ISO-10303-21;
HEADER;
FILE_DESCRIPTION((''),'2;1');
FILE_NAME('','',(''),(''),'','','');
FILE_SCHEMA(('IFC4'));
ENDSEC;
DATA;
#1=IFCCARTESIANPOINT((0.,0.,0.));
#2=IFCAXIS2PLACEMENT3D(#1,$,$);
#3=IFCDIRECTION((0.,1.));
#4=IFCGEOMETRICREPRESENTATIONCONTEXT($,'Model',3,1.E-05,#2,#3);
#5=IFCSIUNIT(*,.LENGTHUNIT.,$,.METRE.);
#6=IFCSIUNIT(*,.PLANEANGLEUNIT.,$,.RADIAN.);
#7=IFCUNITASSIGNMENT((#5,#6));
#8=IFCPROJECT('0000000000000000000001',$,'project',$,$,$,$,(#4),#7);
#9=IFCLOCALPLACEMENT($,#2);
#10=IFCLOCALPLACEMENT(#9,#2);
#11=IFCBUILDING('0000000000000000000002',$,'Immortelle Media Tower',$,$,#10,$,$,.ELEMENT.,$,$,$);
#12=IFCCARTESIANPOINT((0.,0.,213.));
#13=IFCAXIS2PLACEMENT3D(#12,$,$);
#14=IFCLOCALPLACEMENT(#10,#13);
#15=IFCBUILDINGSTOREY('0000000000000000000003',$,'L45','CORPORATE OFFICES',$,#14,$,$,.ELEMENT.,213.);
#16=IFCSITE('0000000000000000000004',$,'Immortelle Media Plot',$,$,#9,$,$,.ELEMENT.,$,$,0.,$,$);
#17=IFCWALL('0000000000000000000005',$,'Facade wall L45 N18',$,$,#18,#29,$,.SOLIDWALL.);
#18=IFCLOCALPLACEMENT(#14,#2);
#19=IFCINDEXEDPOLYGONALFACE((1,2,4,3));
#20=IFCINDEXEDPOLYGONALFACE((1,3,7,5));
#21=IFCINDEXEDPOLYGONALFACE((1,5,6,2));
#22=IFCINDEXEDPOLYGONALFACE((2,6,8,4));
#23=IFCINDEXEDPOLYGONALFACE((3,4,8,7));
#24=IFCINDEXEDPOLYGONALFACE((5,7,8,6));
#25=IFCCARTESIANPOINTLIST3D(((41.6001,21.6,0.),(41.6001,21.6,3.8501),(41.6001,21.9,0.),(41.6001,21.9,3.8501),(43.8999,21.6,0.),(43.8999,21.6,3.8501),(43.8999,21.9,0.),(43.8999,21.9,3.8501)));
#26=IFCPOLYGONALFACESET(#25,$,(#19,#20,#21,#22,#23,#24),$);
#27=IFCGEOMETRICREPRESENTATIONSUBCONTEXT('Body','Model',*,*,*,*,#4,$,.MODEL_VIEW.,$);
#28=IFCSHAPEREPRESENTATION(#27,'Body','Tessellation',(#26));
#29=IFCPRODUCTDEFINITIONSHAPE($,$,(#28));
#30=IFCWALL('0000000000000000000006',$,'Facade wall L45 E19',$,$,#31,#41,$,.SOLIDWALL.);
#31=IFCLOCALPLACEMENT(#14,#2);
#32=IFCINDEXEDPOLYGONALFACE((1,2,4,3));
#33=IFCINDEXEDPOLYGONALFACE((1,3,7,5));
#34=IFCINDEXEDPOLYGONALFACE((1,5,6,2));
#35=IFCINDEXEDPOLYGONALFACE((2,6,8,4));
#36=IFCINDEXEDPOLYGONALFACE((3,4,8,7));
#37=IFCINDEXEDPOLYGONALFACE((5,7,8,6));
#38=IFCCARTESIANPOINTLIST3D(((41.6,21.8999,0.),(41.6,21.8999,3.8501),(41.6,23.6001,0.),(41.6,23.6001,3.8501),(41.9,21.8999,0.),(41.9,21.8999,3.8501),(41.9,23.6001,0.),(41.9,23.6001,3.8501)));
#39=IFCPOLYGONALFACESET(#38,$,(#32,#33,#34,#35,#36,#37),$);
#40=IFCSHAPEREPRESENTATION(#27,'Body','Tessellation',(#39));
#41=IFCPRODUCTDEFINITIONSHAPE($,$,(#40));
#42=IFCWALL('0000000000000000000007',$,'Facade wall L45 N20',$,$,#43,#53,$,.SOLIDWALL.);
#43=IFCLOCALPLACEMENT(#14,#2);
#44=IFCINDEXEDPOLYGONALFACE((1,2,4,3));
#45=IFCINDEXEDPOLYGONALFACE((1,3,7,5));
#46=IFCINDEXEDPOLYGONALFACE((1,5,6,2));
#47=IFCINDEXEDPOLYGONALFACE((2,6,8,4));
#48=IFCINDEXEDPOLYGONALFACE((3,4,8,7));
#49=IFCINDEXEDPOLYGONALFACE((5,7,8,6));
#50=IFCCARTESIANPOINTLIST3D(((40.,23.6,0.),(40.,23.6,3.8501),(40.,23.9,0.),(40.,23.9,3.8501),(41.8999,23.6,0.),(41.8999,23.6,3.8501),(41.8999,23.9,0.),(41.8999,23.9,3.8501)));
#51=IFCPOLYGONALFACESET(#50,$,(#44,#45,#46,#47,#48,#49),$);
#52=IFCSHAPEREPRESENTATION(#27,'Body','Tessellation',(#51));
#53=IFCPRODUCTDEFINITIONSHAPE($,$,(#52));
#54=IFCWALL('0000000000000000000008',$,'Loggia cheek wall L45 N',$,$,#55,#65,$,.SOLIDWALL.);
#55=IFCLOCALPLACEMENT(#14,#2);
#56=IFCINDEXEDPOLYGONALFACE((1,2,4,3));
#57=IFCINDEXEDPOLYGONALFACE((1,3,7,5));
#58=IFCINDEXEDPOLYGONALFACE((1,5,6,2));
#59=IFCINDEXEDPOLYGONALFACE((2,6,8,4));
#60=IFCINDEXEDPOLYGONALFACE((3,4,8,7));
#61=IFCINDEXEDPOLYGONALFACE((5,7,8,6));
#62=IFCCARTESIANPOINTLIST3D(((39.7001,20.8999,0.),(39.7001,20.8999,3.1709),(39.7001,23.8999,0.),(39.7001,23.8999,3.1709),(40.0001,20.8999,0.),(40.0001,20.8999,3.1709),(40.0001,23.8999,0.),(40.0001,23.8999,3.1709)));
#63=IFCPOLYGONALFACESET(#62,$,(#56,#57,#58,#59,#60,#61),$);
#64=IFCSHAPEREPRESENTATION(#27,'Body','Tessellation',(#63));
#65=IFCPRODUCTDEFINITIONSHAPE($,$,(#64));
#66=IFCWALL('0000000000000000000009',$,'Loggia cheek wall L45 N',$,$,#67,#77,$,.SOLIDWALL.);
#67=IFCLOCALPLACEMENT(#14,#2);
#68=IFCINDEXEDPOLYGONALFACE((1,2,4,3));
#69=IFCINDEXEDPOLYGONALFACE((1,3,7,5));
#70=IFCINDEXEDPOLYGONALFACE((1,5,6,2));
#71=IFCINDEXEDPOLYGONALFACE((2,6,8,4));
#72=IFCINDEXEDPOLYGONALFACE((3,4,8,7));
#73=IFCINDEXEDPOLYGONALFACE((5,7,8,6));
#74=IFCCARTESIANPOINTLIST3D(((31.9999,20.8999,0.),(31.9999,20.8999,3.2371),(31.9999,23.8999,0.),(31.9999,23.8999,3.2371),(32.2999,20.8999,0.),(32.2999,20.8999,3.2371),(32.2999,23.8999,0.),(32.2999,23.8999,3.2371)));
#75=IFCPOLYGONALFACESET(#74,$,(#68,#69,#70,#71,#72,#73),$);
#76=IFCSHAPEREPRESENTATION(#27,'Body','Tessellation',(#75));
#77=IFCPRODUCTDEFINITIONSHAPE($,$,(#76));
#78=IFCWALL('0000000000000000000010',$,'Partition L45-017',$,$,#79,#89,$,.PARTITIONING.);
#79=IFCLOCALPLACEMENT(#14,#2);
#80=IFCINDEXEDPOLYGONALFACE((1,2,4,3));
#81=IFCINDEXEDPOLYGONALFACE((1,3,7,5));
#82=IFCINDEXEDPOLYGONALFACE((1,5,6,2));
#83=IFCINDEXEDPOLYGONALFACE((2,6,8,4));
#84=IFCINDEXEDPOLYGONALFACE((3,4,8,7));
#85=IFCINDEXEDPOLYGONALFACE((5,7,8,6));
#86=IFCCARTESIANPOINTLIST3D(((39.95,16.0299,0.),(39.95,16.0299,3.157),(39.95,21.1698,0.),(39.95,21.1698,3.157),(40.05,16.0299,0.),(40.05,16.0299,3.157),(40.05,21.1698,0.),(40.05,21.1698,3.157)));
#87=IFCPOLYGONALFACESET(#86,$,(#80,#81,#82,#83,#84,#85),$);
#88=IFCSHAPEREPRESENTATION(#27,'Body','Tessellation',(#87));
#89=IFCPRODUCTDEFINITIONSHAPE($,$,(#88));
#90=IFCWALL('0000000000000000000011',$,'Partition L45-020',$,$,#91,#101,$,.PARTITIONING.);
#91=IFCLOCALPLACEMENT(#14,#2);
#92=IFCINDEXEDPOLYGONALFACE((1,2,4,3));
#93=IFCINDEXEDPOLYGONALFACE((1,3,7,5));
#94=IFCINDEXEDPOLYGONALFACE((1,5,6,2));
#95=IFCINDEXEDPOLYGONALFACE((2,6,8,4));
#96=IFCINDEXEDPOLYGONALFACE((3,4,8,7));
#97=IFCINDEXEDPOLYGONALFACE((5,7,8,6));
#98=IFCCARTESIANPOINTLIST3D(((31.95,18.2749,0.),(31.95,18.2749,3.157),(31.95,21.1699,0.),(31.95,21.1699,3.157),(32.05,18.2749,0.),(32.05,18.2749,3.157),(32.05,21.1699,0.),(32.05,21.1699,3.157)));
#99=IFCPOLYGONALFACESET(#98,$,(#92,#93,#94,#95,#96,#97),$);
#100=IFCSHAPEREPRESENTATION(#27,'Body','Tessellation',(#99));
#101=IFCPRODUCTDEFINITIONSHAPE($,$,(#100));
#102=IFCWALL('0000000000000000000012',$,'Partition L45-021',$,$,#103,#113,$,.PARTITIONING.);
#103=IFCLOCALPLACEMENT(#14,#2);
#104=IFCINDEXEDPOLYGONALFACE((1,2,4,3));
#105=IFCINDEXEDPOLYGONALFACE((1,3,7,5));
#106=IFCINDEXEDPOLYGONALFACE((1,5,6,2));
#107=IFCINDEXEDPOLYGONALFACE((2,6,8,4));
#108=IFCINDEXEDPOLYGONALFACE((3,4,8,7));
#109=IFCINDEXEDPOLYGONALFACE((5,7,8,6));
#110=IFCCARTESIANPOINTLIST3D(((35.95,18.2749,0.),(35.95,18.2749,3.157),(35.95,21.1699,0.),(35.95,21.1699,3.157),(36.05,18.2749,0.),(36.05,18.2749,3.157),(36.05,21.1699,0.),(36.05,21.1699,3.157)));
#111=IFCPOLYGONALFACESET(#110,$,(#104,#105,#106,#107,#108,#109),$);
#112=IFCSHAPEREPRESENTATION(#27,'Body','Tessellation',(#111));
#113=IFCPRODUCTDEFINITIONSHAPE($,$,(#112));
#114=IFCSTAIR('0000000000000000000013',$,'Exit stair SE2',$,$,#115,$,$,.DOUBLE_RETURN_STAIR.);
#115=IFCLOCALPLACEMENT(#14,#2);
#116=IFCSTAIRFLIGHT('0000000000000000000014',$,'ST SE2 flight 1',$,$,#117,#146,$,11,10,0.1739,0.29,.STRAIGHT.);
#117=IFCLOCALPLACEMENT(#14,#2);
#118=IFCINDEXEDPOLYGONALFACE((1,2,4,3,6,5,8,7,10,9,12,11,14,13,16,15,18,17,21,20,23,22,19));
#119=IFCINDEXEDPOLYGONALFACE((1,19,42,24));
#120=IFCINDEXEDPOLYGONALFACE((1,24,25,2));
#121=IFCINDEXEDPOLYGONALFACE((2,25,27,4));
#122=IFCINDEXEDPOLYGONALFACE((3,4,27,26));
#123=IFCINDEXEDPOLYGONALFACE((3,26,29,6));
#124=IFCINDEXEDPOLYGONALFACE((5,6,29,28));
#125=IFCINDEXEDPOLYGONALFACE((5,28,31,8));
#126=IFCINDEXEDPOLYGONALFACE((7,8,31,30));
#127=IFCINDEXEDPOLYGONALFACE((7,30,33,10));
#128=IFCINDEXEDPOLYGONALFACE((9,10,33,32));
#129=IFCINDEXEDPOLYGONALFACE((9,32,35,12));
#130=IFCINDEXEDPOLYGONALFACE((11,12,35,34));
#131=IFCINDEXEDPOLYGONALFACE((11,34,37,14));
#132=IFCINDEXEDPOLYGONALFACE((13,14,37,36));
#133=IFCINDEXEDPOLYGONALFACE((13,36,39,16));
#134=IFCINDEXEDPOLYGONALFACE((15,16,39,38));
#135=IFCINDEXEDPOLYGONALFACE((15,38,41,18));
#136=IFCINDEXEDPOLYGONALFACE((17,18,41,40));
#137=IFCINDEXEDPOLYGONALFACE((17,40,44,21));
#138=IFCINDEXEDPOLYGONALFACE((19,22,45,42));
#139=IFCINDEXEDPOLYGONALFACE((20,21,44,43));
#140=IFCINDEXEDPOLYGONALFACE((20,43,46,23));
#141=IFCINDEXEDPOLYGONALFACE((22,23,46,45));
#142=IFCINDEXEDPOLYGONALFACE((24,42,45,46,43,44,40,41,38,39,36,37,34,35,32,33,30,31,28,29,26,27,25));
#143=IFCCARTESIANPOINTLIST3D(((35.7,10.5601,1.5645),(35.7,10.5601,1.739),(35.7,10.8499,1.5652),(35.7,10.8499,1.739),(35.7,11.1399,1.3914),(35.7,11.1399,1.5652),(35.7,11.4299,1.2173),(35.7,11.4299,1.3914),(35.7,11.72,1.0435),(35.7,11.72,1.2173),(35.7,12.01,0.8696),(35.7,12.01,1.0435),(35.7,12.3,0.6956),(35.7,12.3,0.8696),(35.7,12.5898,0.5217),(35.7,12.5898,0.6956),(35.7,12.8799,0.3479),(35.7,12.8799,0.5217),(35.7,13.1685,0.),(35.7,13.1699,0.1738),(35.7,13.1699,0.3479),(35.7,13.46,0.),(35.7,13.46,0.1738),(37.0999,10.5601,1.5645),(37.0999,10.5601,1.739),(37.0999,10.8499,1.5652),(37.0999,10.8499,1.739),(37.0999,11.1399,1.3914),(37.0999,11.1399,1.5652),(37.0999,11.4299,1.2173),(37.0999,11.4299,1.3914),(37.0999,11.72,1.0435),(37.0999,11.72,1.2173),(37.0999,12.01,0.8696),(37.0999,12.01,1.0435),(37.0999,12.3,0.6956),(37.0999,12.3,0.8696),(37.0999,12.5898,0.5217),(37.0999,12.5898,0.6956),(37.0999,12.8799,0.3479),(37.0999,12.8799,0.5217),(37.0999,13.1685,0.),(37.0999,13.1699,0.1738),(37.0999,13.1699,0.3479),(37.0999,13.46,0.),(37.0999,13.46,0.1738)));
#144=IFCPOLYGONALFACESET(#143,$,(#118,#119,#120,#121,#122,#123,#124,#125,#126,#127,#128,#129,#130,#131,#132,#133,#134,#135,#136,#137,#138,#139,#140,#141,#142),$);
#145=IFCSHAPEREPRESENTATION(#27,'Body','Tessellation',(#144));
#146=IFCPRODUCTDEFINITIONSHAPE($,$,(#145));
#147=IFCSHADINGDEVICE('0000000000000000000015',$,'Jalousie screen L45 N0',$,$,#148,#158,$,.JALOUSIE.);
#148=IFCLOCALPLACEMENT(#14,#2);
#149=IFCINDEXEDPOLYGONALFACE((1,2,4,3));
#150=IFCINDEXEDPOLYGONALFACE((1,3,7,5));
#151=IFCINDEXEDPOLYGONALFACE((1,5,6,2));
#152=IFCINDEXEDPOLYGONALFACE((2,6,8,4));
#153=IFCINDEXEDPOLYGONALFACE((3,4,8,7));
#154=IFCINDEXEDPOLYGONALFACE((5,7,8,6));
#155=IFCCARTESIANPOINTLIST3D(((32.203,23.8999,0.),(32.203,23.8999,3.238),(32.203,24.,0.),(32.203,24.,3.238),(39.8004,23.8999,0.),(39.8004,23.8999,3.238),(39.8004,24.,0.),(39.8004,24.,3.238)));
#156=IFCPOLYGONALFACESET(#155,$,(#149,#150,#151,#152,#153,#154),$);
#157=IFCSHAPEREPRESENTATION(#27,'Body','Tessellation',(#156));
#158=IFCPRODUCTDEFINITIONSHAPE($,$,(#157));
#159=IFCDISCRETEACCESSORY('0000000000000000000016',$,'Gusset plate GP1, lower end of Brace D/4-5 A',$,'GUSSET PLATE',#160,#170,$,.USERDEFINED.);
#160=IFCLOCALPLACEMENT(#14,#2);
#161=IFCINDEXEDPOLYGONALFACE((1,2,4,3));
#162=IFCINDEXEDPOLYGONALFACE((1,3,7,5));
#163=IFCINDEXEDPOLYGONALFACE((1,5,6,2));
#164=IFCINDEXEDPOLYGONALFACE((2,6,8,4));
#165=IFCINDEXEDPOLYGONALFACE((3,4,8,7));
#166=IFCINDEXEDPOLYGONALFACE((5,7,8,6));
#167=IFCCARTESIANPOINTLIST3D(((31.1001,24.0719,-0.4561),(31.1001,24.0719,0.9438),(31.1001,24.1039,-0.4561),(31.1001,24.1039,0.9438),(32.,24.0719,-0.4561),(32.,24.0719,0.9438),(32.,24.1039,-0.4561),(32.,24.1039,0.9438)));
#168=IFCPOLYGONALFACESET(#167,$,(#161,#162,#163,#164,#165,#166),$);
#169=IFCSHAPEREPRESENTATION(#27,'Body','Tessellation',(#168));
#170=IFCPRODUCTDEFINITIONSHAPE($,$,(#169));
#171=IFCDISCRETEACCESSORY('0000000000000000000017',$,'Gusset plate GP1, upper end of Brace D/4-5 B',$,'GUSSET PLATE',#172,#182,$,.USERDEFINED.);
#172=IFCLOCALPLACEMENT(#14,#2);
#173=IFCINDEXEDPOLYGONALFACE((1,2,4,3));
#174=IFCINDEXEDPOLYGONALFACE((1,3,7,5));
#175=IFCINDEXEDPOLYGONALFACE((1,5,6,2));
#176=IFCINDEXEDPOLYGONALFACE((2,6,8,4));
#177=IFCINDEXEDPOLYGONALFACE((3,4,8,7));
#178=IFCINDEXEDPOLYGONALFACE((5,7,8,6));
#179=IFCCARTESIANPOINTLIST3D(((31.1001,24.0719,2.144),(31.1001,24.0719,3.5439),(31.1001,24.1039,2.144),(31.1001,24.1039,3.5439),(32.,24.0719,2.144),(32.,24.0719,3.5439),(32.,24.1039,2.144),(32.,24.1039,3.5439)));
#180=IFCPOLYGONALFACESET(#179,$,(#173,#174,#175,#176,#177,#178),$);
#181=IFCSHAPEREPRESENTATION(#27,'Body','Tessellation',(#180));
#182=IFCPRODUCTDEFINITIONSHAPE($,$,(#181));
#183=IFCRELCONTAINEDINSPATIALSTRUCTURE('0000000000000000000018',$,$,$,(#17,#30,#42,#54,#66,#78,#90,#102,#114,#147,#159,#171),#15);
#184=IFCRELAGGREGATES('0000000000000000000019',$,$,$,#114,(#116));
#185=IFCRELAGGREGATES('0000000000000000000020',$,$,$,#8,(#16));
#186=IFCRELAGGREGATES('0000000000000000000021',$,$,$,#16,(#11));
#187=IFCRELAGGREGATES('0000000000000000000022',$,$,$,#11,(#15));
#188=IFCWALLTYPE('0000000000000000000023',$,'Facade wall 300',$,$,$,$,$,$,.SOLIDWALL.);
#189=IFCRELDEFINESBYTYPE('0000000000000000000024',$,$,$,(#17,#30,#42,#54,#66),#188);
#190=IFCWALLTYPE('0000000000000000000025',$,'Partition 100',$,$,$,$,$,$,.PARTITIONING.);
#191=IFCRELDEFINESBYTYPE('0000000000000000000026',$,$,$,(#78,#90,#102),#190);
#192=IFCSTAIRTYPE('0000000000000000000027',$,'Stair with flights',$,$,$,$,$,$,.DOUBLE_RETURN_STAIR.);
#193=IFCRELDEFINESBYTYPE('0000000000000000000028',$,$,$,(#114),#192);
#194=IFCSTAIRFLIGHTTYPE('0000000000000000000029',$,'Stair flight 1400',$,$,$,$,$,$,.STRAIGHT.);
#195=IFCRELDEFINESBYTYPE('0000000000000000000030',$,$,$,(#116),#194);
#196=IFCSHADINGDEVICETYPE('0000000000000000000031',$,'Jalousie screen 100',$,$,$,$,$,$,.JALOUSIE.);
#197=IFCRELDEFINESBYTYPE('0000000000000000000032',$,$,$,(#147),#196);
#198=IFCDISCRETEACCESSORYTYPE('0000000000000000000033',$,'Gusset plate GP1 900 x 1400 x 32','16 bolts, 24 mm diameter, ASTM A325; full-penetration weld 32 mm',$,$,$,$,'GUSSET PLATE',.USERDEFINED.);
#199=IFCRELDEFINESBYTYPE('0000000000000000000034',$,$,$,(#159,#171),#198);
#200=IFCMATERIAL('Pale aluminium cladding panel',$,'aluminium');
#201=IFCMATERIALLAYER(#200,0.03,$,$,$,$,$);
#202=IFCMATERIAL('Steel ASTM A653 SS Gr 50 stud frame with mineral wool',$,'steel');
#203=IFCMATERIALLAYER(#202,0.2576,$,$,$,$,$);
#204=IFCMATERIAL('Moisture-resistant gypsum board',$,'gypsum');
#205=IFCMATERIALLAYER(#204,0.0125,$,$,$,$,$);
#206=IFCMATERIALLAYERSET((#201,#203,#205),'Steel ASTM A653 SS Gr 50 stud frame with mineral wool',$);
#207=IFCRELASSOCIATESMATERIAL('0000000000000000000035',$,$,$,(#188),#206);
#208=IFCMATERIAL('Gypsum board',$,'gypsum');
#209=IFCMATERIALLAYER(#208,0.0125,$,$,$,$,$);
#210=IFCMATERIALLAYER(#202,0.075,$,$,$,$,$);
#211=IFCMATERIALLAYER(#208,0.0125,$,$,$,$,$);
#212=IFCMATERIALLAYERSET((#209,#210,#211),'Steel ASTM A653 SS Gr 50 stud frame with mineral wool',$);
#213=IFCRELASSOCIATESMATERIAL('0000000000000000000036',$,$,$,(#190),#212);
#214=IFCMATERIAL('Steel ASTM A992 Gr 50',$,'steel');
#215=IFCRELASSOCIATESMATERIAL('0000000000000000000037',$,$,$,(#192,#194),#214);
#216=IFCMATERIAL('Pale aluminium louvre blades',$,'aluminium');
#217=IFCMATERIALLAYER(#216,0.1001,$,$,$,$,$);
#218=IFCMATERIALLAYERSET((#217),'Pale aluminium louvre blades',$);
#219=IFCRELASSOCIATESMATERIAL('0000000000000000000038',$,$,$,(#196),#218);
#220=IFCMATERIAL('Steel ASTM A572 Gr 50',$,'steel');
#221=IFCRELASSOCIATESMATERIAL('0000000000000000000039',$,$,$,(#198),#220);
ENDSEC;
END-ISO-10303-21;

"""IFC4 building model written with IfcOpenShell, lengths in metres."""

from ifc_helpers import new_model, si_unit, direction, frame, frame_2d, origin, origin_2d, place, context, subcontext, project, spatial, polyline, rectangle, outline, extrude, material, layer, layer_set, material_profile, profile_set, type_object, element, aggregate, save


model = new_model("IFC4")

# Units and contexts
model_context = context("Model", 3, precision=1e-05, world=origin(), true_north=direction((0.0, 1.0)))
body_context = subcontext(model_context, "Body", "Model", "MODEL_VIEW")
ifc_project = project(units=[si_unit("LENGTHUNIT", "METRE"), si_unit("PLANEANGLEUNIT", "RADIAN")], contexts=[model_context])

# Site, building, storey
site_placement = place(None, origin())
site = spatial("IfcSite", under=ifc_project, at=site_placement, Name="Immortelle Media Plot", CompositionType="ELEMENT", RefElevation=0.0)
building_placement = place(site_placement, origin())
building = spatial("IfcBuilding", under=site, at=building_placement, Name="Immortelle Media Tower", CompositionType="ELEMENT")
storey_placement = place(building_placement, frame((0.0, 0.0, 213.0)))
storey = spatial("IfcBuildingStorey", under=building, at=storey_placement, Name="L45", Description="CORPORATE OFFICES", CompositionType="ELEMENT", Elevation=213.0)

# Shared definitions
ifc_material_1 = material(Name="Steel ASTM A992 Gr 50", Category="steel")

# Walls
ifc_material_2 = material(Name="Steel ASTM A653 SS Gr 50 stud frame with mineral wool", Category="steel")
ifc_material_3 = material(Name="Pale aluminium cladding panel", Category="aluminium")
ifc_layer_1 = layer(ifc_material_3, 0.03)
ifc_layer_2 = layer(ifc_material_2, 0.2576)
ifc_material_4 = material(Name="Moisture-resistant gypsum board", Category="gypsum")
ifc_layer_3 = layer(ifc_material_4, 0.0125)
ifc_layer_set_1 = layer_set([ifc_layer_1, ifc_layer_2, ifc_layer_3], Name="Steel ASTM A653 SS Gr 50 stud frame with mineral wool")
wall_type_1 = type_object("IfcWallType", Name="Facade wall 300", PredefinedType="SOLIDWALL", material=ifc_layer_set_1)
wall_1_placement = place(storey_placement, frame((43.8999, 21.75, 0.0), z_axis=(0.0, 0.0, 1.0), x_axis=(-1.0, 0.0, 0.0)))
element("IfcWall", 1, at=wall_1_placement, inside=storey, type_object=wall_type_1, Name="Facade wall L45 N18", PredefinedType="SOLIDWALL", context=body_context, shape_type="SweptSolid", body=[
    extrude(rectangle(XDim=2.2998, YDim=0.3, at=frame_2d((1.1499, 0.0))), origin(), (0.0, 0.0, 1.0), 3.8501),
])
wall_2_placement = place(storey_placement, frame((41.75, 21.8999, 0.0), z_axis=(0.0, 0.0, 1.0), x_axis=(0.0, 1.0, 0.0)))
element("IfcWall", 2, at=wall_2_placement, inside=storey, type_object=wall_type_1, Name="Facade wall L45 E19", PredefinedType="SOLIDWALL", context=body_context, shape_type="SweptSolid", body=[
    extrude(rectangle(XDim=1.7002, YDim=0.3, at=frame_2d((0.8501, 0.0))), origin(), (0.0, 0.0, 1.0), 3.8501),
])
wall_3_placement = place(storey_placement, frame((41.8999, 23.75, 0.0), z_axis=(0.0, 0.0, 1.0), x_axis=(-1.0, 0.0, 0.0)))
element("IfcWall", 3, at=wall_3_placement, inside=storey, type_object=wall_type_1, Name="Facade wall L45 N20", PredefinedType="SOLIDWALL", context=body_context, shape_type="SweptSolid", body=[
    extrude(rectangle(XDim=1.8999, YDim=0.3, at=frame_2d((0.95, 0.0))), origin(), (0.0, 0.0, 1.0), 3.8501),
])

# Walls
wall_4_placement = place(storey_placement, frame((39.8501, 23.8999, 0.0), z_axis=(0.0, 0.0, 1.0), x_axis=(0.0, -1.0, 0.0)))
element("IfcWall", 4, at=wall_4_placement, inside=storey, type_object=wall_type_1, Name="Loggia cheek wall L45 N", PredefinedType="SOLIDWALL", context=body_context, shape_type="SweptSolid", body=[
    extrude(rectangle(XDim=3.0, YDim=0.3, at=frame_2d((1.5, 0.0))), origin(), (0.0, 0.0, 1.0), 3.1709),
])
wall_5_placement = place(storey_placement, frame((32.1499, 23.8999, 0.0), z_axis=(0.0, 0.0, 1.0), x_axis=(0.0, -1.0, 0.0)))
element("IfcWall", 5, at=wall_5_placement, inside=storey, type_object=wall_type_1, Name="Loggia cheek wall L45 N", PredefinedType="SOLIDWALL", context=body_context, shape_type="SweptSolid", body=[
    extrude(rectangle(XDim=3.0, YDim=0.3, at=frame_2d((1.5, 0.0))), origin(), (0.0, 0.0, 1.0), 3.2371),
])
ifc_material_5 = material(Name="Gypsum board", Category="gypsum")
ifc_layer_4 = layer(ifc_material_5, 0.0125)
ifc_layer_5 = layer(ifc_material_2, 0.075)
ifc_layer_6 = layer(ifc_material_5, 0.0125)
ifc_layer_set_2 = layer_set([ifc_layer_4, ifc_layer_5, ifc_layer_6], Name="Steel ASTM A653 SS Gr 50 stud frame with mineral wool")
wall_type_2 = type_object("IfcWallType", Name="Partition 100", PredefinedType="PARTITIONING", material=ifc_layer_set_2)
wall_6_placement = place(storey_placement, frame((40.0, 16.03, 0.0), z_axis=(0.0, 0.0, 1.0), x_axis=(0.0, 1.0, 0.0)))
element("IfcWall", 6, at=wall_6_placement, inside=storey, type_object=wall_type_2, Name="Partition L45-017", PredefinedType="PARTITIONING", context=body_context, shape_type="SweptSolid", body=[
    extrude(rectangle(XDim=5.1399, YDim=0.1001, at=frame_2d((2.5698, 0.0))), origin(), (0.0, 0.0, 1.0), 3.157),
])
for number, where, z_axis, x_axis, name in (
    (7, (32.0, 18.2749, 0.0), (0.0, 0.0, 1.0), (0.0, 1.0, 0.0), "Partition L45-020"),
    (8, (36.0, 18.2749, 0.0), (0.0, 0.0, 1.0), (0.0, 1.0, 0.0), "Partition L45-021"),
):
    element("IfcWall", number, at=place(storey_placement, frame(where, z_axis=z_axis, x_axis=x_axis)), inside=storey, type_object=wall_type_2, Name=name, PredefinedType="PARTITIONING", context=body_context, shape_type="SweptSolid", body=[
        extrude(rectangle(XDim=2.895, YDim=0.1001, at=frame_2d((1.4475, 0.0))), origin(), (0.0, 0.0, 1.0), 3.157),
    ])

# Stair, stair flight
stair_type = type_object("IfcStairType", Name="Stair with flights", PredefinedType="DOUBLE_RETURN_STAIR", material=ifc_material_1)
stair_placement = place(storey_placement, origin())
stair = element("IfcStair", 9, at=stair_placement, inside=storey, type_object=stair_type, Name="Exit stair SE2", PredefinedType="DOUBLE_RETURN_STAIR")
stair_flight_type = type_object("IfcStairFlightType", Name="Stair flight 1400", PredefinedType="STRAIGHT", material=ifc_material_1)
stair_flight_placement = place(storey_placement, frame((36.3999, 13.46, 0.0), z_axis=(0.0, 0.0, 1.0), x_axis=(0.0, -1.0, 0.0)))
stair_flight = element("IfcStairFlight", 10, at=stair_flight_placement, type_object=stair_flight_type, Name="ST SE2 flight 1", NumberOfRisers=11, NumberOfTreads=10, PredefinedType="STRAIGHT", RiserHeight=0.1739, TreadLength=0.29, context=body_context, shape_type="SweptSolid", body=[
    extrude(outline(polyline([(0.0, 0.0), (0.0, 0.1738), (0.29, 0.1738), (0.29, 0.3479), (0.5801, 0.3479), (0.5801, 0.5217), (0.8701, 0.5217), (0.8701, 0.6956), (1.1599, 0.6956), (1.1599, 0.8696), (1.45, 0.8696), (1.45, 1.0435), (1.74, 1.0435), (1.74, 1.2173), (2.03, 1.2173), (2.03, 1.3914), (2.3201, 1.3914), (2.3201, 1.5652), (2.6101, 1.5652), (2.6101, 1.739), (2.8999, 1.739), (2.8999, 1.9131), (2.8999, 1.5645), (0.2915, 0.0), (0.0, 0.0)])), frame((0.0, 0.7, 0.0), z_axis=(0.0, -1.0, 0.0), x_axis=(1.0, 0.0, 0.0)), (0.0, 0.0, 1.0), 1.3999),
])
aggregate(stair, [stair_flight])

# Shading device
ifc_material_6 = material(Name="Pale aluminium louvre blades", Category="aluminium")
ifc_layer_7 = layer(ifc_material_6, 0.1001)
ifc_layer_set_3 = layer_set([ifc_layer_7], Name="Pale aluminium louvre blades")
shading_device_type = type_object("IfcShadingDeviceType", Name="Jalousie screen 100", PredefinedType="JALOUSIE", material=ifc_layer_set_3)
shading_device_placement = place(storey_placement, frame((36.0017, 23.95, 0.0), z_axis=(0.0, 0.0, 1.0), x_axis=(-1.0, 0.0, 0.0)))
element("IfcShadingDevice", 11, at=shading_device_placement, inside=storey, type_object=shading_device_type, Name="Jalousie screen L45 N0", PredefinedType="JALOUSIE", context=body_context, shape_type="SweptSolid", body=[
    extrude(rectangle(XDim=7.5974, YDim=0.1001, at=origin_2d()), origin(), (0.0, 0.0, 1.0), 3.238),
])

# Discrete accessories
ifc_material_7 = material(Name="Steel ASTM A572 Gr 50", Category="steel")
ifc_material_profile_1 = material_profile(ifc_material_7, rectangle(XDim=0.032, YDim=1.3999, at=origin_2d()), Name="PL 32 x 1400")
ifc_profile_set_1 = profile_set([ifc_material_profile_1], Name="Steel ASTM A572 Gr 50")
discrete_accessory_type = type_object("IfcDiscreteAccessoryType", Name="Gusset plate GP1 900 x 1400 x 32", Description="16 bolts, 24 mm diameter, ASTM A325; full-penetration weld 32 mm", ElementType="GUSSET PLATE", PredefinedType="USERDEFINED", material=ifc_profile_set_1)
for number, where, z_axis, x_axis, name in (
    (12, (32.0, 24.0879, 0.2439), (-1.0, 0.0, 0.0), (0.0, -1.0, 0.0), "Gusset plate GP1, lower end of Brace D/4-5 A"),
    (13, (32.0, 24.0879, 2.844), (-1.0, 0.0, 0.0), (0.0, -1.0, 0.0), "Gusset plate GP1, upper end of Brace D/4-5 B"),
):
    element("IfcDiscreteAccessory", number, at=place(storey_placement, frame(where, z_axis=z_axis, x_axis=x_axis)), inside=storey, type_object=discrete_accessory_type, Name=name, ObjectType="GUSSET PLATE", PredefinedType="USERDEFINED", context=body_context, shape_type="SweptSolid", body=[
        extrude(rectangle(XDim=0.032, YDim=1.3999, at=origin_2d()), origin(), (0.0, 0.0, 1.0), 0.8999),
    ])

save(model, "model.ifc")
